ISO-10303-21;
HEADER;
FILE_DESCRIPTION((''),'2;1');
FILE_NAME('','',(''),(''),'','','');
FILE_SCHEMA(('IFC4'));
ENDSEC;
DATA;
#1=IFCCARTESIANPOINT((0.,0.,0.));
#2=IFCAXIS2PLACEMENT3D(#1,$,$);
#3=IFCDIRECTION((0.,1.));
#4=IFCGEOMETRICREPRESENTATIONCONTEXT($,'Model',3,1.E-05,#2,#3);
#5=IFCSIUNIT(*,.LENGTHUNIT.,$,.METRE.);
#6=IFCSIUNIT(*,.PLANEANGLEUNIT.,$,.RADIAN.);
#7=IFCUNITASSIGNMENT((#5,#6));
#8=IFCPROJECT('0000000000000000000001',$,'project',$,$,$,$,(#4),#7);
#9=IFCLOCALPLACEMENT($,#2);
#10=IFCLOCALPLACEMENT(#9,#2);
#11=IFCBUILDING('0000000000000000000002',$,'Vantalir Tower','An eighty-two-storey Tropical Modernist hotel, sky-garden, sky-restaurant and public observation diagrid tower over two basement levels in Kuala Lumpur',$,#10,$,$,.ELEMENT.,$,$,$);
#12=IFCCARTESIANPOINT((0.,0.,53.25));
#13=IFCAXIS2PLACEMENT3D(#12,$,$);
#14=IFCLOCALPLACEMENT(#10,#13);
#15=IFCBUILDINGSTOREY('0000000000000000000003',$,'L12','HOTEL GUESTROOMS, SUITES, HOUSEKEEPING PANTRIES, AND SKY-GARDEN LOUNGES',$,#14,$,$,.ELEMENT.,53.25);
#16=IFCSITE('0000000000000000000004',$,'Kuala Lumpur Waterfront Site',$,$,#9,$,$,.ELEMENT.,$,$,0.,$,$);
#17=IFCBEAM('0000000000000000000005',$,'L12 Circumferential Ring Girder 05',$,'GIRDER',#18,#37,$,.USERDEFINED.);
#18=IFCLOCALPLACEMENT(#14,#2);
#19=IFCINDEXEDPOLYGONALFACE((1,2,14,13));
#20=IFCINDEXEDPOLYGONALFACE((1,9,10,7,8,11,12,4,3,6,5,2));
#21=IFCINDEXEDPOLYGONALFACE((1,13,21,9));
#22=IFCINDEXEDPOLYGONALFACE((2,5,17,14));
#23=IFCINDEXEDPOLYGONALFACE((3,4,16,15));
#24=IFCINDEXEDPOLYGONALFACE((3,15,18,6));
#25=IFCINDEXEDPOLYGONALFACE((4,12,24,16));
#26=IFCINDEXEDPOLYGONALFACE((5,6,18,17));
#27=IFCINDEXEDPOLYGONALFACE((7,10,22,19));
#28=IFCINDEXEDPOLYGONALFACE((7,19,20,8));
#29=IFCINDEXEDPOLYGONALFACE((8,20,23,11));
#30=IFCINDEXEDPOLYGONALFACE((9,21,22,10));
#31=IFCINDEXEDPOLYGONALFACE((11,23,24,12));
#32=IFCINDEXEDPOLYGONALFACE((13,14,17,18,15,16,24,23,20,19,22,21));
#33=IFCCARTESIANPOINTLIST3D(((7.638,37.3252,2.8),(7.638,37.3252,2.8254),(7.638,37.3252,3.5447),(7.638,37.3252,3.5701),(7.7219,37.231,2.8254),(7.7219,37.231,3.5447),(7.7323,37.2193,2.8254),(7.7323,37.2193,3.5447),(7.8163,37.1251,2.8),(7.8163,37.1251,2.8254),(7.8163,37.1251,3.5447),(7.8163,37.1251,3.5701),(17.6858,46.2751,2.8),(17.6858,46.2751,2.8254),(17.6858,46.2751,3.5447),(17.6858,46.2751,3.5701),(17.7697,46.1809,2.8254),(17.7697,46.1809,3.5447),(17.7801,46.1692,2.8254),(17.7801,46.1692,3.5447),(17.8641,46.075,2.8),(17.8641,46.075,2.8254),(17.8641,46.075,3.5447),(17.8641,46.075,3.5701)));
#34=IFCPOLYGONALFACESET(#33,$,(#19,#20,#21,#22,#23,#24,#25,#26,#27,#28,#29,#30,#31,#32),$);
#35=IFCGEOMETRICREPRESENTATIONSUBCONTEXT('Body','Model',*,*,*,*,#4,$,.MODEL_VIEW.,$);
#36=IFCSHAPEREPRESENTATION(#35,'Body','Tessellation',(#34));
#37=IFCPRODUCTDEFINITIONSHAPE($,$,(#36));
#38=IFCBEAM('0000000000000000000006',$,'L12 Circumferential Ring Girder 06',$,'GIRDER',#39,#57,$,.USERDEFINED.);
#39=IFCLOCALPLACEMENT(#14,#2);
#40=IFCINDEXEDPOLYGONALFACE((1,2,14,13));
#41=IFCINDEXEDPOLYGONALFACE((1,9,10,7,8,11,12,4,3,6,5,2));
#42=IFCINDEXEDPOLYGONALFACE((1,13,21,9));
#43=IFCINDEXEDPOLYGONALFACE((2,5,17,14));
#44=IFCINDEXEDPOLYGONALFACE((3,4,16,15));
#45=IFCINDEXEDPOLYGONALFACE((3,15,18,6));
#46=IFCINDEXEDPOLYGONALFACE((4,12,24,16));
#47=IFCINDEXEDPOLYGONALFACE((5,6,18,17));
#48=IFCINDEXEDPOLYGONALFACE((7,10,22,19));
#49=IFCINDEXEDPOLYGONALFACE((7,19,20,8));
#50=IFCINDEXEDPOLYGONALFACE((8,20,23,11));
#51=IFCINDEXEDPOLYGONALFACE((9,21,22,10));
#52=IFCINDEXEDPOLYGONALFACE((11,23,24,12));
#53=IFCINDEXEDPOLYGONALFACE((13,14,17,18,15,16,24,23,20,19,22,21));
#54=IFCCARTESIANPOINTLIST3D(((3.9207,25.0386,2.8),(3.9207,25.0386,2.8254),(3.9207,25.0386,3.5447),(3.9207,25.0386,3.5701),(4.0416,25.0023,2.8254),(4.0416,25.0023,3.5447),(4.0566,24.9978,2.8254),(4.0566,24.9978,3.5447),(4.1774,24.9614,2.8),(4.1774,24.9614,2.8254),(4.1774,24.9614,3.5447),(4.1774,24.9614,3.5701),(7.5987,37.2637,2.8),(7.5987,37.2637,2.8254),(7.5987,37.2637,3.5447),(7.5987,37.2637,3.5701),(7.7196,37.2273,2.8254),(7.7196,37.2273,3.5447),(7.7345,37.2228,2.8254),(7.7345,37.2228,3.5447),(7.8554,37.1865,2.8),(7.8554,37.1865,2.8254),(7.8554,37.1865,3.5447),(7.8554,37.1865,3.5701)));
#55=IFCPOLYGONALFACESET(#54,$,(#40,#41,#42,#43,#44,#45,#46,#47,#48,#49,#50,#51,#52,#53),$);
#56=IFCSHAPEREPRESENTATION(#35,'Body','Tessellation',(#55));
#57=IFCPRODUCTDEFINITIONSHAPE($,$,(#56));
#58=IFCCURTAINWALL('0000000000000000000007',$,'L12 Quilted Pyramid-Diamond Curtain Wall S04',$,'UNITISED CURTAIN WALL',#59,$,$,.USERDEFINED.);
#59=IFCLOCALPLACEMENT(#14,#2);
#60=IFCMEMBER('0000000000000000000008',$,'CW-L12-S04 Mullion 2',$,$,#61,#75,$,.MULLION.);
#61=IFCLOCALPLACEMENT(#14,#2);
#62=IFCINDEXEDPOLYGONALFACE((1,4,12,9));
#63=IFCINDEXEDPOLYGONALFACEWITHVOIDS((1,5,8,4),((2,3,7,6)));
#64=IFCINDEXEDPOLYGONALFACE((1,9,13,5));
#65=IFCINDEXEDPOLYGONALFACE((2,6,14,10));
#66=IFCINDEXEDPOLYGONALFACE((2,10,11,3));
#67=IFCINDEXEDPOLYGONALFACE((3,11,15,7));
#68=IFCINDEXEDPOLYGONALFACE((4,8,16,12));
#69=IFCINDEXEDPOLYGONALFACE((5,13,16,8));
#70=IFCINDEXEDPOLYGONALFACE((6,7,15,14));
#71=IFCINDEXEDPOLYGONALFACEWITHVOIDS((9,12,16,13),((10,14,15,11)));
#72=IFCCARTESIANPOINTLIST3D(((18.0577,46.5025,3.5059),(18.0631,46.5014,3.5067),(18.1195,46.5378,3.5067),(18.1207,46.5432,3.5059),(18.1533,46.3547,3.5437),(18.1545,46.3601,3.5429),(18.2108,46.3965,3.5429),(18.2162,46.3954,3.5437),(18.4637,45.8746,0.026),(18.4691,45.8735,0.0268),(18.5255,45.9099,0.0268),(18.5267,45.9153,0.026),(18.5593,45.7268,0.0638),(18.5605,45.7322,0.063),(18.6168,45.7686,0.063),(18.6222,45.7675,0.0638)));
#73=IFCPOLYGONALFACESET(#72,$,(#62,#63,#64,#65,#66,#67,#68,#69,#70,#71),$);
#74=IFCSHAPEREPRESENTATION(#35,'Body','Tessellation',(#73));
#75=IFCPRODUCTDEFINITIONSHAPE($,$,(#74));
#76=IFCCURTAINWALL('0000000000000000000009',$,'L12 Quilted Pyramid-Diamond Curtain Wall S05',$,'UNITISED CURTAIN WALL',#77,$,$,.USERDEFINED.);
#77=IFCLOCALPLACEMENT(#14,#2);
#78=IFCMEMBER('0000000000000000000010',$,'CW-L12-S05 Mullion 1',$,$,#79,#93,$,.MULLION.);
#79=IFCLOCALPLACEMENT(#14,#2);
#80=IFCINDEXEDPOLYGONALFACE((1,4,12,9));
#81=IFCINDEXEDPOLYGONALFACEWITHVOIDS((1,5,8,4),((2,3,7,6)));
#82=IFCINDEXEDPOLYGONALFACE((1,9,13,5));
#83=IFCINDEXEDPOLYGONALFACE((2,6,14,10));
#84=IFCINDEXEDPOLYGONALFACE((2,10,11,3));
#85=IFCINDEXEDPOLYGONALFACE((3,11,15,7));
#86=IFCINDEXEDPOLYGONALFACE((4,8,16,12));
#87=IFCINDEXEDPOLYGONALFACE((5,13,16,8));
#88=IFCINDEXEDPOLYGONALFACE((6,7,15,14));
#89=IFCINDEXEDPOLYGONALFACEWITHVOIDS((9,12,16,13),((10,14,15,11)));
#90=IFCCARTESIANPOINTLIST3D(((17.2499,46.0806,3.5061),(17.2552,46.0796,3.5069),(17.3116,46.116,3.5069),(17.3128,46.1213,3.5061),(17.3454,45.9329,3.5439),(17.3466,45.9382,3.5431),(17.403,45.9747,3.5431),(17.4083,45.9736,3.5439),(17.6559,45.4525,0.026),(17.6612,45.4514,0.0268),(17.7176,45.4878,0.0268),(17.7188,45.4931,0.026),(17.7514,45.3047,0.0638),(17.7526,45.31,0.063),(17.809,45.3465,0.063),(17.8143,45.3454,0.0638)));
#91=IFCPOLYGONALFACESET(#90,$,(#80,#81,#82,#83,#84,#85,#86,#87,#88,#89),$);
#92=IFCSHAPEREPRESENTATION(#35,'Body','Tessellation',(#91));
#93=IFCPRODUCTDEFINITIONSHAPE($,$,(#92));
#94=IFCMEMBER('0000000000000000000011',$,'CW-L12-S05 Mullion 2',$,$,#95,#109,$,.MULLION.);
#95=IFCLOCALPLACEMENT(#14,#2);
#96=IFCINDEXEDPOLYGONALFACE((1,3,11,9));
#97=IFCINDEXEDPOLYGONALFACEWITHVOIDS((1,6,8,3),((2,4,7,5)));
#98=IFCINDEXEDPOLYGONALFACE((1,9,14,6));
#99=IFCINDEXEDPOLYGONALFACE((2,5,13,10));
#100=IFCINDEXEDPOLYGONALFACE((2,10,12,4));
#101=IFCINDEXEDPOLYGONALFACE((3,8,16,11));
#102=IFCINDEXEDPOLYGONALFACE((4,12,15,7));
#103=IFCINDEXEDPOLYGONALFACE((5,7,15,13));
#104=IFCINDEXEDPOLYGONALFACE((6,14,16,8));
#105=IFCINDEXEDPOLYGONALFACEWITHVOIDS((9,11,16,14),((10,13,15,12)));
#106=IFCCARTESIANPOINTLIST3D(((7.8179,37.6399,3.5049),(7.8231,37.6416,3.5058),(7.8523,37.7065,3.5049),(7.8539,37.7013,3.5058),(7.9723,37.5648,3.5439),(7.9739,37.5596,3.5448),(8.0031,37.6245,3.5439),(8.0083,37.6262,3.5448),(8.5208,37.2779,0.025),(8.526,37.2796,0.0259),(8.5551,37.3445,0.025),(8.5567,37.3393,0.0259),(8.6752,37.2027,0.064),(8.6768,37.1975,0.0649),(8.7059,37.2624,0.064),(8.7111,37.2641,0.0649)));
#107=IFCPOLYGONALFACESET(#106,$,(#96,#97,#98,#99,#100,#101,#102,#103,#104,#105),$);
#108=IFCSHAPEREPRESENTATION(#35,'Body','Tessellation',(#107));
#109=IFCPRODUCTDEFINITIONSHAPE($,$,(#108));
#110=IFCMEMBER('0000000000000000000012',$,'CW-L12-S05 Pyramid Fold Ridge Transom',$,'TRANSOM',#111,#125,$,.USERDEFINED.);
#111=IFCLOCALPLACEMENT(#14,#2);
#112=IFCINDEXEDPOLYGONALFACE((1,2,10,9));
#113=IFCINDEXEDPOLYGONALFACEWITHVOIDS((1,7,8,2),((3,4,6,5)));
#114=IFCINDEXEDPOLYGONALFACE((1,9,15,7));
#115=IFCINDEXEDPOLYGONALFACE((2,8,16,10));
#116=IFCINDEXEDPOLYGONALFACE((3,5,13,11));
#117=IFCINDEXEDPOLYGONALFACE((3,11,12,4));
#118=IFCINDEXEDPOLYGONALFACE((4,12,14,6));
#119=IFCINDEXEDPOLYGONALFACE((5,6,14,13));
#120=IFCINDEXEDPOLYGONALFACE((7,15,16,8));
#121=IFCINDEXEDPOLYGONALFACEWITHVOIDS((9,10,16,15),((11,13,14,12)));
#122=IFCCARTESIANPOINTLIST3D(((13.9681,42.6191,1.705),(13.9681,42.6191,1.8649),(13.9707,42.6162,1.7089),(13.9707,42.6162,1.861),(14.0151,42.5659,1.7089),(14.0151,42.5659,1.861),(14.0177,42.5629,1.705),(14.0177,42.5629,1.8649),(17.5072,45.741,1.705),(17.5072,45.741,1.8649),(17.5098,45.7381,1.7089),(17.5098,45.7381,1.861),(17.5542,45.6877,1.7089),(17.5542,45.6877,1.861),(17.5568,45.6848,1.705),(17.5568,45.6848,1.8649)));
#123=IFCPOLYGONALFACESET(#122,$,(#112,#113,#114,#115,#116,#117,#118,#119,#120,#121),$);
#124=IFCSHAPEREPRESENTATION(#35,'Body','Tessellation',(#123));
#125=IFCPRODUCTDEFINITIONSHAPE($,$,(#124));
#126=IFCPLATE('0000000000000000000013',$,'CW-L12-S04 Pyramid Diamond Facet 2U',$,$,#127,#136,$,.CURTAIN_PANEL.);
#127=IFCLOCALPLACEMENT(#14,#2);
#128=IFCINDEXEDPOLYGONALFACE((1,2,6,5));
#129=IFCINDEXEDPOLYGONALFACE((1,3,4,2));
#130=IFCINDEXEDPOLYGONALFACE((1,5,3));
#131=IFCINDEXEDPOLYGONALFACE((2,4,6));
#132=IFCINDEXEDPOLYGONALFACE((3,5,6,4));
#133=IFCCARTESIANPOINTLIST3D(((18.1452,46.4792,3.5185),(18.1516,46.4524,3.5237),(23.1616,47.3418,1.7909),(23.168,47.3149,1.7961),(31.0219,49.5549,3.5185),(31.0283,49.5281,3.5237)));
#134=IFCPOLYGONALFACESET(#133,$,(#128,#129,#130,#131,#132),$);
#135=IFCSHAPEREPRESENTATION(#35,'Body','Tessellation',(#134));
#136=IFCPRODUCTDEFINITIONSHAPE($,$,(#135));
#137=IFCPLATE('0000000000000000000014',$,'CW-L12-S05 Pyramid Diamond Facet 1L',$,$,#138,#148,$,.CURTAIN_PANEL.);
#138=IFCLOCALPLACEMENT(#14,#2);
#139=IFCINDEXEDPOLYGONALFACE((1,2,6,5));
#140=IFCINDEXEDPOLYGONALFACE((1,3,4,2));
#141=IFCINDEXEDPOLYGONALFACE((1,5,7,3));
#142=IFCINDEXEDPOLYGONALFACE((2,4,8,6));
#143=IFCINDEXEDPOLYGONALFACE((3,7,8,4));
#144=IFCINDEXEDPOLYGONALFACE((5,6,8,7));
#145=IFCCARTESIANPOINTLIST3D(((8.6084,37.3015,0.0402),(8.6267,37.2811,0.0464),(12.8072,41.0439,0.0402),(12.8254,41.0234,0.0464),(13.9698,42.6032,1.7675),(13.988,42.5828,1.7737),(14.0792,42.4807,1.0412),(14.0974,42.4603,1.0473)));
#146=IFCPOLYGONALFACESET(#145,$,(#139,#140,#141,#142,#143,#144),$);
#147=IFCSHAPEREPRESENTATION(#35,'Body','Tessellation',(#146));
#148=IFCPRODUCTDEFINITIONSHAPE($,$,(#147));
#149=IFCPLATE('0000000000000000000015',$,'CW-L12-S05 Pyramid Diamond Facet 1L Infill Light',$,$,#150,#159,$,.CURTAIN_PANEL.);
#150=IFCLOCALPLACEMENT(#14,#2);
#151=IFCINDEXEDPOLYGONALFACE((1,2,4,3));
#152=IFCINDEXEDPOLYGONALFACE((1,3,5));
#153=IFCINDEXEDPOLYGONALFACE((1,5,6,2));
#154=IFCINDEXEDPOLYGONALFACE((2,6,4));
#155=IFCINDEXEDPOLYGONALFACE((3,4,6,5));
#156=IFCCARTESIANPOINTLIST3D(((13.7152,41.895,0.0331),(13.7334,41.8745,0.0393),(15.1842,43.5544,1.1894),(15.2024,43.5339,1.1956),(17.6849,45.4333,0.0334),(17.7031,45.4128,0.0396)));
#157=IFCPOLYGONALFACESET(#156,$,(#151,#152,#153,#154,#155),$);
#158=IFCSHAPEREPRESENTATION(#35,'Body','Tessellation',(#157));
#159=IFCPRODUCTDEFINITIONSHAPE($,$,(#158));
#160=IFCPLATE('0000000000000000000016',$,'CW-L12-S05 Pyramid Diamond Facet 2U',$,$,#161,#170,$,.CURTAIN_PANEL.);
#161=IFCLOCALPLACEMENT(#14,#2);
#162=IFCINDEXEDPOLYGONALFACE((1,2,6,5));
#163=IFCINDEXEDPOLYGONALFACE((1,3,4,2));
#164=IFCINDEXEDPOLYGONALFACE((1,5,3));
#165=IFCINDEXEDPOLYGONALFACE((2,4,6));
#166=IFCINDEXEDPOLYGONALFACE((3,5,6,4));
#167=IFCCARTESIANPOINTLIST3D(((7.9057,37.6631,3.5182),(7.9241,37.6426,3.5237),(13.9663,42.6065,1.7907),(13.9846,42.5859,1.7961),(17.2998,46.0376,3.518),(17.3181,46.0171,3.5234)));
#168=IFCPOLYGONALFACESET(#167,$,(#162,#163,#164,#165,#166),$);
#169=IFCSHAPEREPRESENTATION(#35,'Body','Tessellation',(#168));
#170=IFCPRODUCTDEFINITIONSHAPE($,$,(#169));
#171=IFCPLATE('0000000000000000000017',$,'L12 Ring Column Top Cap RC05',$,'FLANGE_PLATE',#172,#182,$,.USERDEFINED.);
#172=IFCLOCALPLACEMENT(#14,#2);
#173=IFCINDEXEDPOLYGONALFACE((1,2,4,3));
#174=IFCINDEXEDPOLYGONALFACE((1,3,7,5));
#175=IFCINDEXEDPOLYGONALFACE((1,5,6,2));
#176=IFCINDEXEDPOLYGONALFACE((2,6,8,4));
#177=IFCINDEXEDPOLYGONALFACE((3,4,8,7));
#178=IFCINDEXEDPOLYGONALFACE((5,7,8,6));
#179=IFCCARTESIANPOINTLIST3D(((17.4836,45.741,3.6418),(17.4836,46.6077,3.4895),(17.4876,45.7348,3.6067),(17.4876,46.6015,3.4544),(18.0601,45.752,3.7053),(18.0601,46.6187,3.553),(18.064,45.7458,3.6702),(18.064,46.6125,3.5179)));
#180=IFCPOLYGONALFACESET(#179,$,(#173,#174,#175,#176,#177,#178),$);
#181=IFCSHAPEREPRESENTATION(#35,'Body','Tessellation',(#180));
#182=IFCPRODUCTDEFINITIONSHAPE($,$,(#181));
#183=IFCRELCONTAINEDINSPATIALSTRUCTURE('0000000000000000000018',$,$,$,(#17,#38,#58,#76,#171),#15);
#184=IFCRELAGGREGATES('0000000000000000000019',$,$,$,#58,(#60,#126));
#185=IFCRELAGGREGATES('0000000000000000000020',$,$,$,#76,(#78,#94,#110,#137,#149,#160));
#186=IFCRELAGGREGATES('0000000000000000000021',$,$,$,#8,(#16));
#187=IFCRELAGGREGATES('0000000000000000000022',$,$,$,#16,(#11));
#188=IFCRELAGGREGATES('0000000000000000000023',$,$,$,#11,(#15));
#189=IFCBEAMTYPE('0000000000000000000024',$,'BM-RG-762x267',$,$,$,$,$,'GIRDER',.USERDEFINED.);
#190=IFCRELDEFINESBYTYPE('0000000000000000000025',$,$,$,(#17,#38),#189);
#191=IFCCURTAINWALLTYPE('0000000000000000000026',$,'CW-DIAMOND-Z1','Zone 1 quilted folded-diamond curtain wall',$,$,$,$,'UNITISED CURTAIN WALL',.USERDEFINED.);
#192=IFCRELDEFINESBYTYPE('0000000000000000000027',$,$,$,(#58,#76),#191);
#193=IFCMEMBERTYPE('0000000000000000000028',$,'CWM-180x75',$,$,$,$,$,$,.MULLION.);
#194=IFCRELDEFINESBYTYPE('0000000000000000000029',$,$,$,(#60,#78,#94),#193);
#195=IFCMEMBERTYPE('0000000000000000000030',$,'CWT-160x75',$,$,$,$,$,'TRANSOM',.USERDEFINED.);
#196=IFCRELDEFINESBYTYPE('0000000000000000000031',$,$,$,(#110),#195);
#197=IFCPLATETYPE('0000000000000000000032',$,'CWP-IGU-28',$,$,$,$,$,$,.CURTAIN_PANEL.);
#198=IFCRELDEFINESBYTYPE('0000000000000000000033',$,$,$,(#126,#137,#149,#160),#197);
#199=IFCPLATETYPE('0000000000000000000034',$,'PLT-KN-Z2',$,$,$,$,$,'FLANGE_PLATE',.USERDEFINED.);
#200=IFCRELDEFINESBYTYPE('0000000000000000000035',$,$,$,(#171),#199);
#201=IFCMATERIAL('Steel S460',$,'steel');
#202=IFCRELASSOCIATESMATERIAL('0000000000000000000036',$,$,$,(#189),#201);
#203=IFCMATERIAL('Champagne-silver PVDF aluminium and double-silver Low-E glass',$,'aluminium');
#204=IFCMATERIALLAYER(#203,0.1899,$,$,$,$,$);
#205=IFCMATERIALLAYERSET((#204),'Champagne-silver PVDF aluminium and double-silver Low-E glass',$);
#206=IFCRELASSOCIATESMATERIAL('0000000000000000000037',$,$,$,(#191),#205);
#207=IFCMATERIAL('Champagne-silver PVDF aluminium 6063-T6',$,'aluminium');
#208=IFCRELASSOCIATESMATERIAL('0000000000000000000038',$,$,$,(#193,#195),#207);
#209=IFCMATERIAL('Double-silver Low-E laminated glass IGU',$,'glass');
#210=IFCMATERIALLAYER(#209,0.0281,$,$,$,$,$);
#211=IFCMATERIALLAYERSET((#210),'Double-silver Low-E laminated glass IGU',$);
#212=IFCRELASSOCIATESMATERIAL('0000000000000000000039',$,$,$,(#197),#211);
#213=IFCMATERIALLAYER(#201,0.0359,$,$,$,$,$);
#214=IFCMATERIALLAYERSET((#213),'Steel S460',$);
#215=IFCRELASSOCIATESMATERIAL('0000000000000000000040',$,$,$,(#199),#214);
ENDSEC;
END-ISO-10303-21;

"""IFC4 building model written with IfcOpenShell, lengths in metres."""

from ifc_helpers import new_model, si_unit, direction, frame, origin, origin_2d, place, context, subcontext, project, spatial, polyline, hollow_rectangle, i_section, outline, extrude, material, layer, layer_set, material_profile, profile_set, type_object, element, aggregate, save


model = new_model("IFC4")

# Units and contexts
model_context = context("Model", 3, precision=1e-05, world=origin(), true_north=direction((0.0, 1.0)))
body_context = subcontext(model_context, "Body", "Model", "MODEL_VIEW")
ifc_project = project(units=[si_unit("LENGTHUNIT", "METRE"), si_unit("PLANEANGLEUNIT", "RADIAN")], contexts=[model_context])

# Site, building, storey
site_placement = place(None, origin())
site = spatial("IfcSite", under=ifc_project, at=site_placement, Name="Kuala Lumpur Waterfront Site", CompositionType="ELEMENT", RefElevation=0.0)
building_placement = place(site_placement, origin())
building = spatial("IfcBuilding", under=site, at=building_placement, Name="Vantalir Tower", Description="An eighty-two-storey Tropical Modernist hotel, sky-garden, sky-restaurant and public observation diagrid tower over two basement levels in Kuala Lumpur", CompositionType="ELEMENT")
storey_placement = place(building_placement, frame((0.0, 0.0, 53.25)))
storey = spatial("IfcBuildingStorey", under=building, at=storey_placement, Name="L12", Description="HOTEL GUESTROOMS, SUITES, HOUSEKEEPING PANTRIES, AND SKY-GARDEN LOUNGES", CompositionType="ELEMENT", Elevation=53.25)

# Shared definitions
ifc_material_1 = material(Name="Steel S460", Category="steel")

# Beams
ifc_material_profile_1 = material_profile(ifc_material_1, i_section(OverallWidth=0.2681, OverallDepth=0.77, WebThickness=0.0156, FlangeThickness=0.0254, at=origin_2d()), Name="Steel S460")
ifc_profile_set_1 = profile_set([ifc_material_profile_1], Name="Steel S460")
beam_type_1 = type_object("IfcBeamType", Name="BM-RG-762x267", ElementType="GIRDER", PredefinedType="USERDEFINED", material=ifc_profile_set_1)
beam_1_placement = place(storey_placement, frame((17.7749, 46.175, 3.1851), z_axis=(-0.746725, -0.665133, 0.0), x_axis=(0.665133, -0.746725, 0.0)))
element("IfcBeam", 1, at=beam_1_placement, inside=storey, type_object=beam_type_1, Name="L12 Circumferential Ring Girder 05", ObjectType="GIRDER", PredefinedType="USERDEFINED", context=body_context, shape_type="SweptSolid", body=[
    extrude(i_section(OverallWidth=0.2681, OverallDepth=0.77, WebThickness=0.0156, FlangeThickness=0.0254, at=origin_2d()), origin(), (0.0, 0.0, 1.0), 13.4558),
])
beam_2_placement = place(storey_placement, frame((7.7271, 37.2251, 3.1851), z_axis=(-0.288099, -0.957601, 0.0), x_axis=(0.957601, -0.288099, 0.0)))
element("IfcBeam", 2, at=beam_2_placement, inside=storey, type_object=beam_type_1, Name="L12 Circumferential Ring Girder 06", ObjectType="GIRDER", PredefinedType="USERDEFINED", context=body_context, shape_type="SweptSolid", body=[
    extrude(i_section(OverallWidth=0.2681, OverallDepth=0.77, WebThickness=0.0156, FlangeThickness=0.0254, at=origin_2d()), origin(), (0.0, 0.0, 1.0), 12.7664),
])

# Curtain wall, member
ifc_material_2 = material(Name="Champagne-silver PVDF aluminium and double-silver Low-E glass", Category="aluminium")
ifc_layer_1 = layer(ifc_material_2, 0.1899)
ifc_layer_set_1 = layer_set([ifc_layer_1], Name="Champagne-silver PVDF aluminium and double-silver Low-E glass")
curtain_wall_type = type_object("IfcCurtainWallType", Name="CW-DIAMOND-Z1", Description="Zone 1 quilted folded-diamond curtain wall", ElementType="UNITISED CURTAIN WALL", PredefinedType="USERDEFINED", material=ifc_layer_set_1)
curtain_wall_1_placement = place(storey_placement, origin())
curtain_wall_1 = element("IfcCurtainWall", 3, at=curtain_wall_1_placement, inside=storey, type_object=curtain_wall_type, Name="L12 Quilted Pyramid-Diamond Curtain Wall S04", ObjectType="UNITISED CURTAIN WALL", PredefinedType="USERDEFINED")
ifc_material_3 = material(Name="Champagne-silver PVDF aluminium 6063-T6", Category="aluminium")
ifc_material_profile_2 = material_profile(ifc_material_3, hollow_rectangle(XDim=0.075, YDim=0.1799, WallThickness=0.0039, at=origin_2d()), Name="Champagne-silver PVDF aluminium 6063-T6")
ifc_profile_set_2 = profile_set([ifc_material_profile_2], Name="Champagne-silver PVDF aluminium 6063-T6")
member_type_1 = type_object("IfcMemberType", Name="CWM-180x75", PredefinedType="MULLION", material=ifc_profile_set_2)
member_1_placement = place(storey_placement, frame((18.543, 45.821, 0.0449), z_axis=(-0.114065, 0.176414, 0.977685), x_axis=(-0.839754, -0.542967, 0.0)))
member_1 = element("IfcMember", 4, at=member_1_placement, type_object=member_type_1, Name="CW-L12-S04 Mullion 2", PredefinedType="MULLION", context=body_context, shape_type="SweptSolid", body=[
    extrude(hollow_rectangle(XDim=0.075, YDim=0.1799, WallThickness=0.0039, at=origin_2d()), origin(), (0.0, 0.0, 1.0), 3.5593),
])

# Curtain wall, members
curtain_wall_2_placement = place(storey_placement, origin())
curtain_wall_2 = element("IfcCurtainWall", 5, at=curtain_wall_2_placement, inside=storey, type_object=curtain_wall_type, Name="L12 Quilted Pyramid-Diamond Curtain Wall S05", ObjectType="UNITISED CURTAIN WALL", PredefinedType="USERDEFINED")
member_2_placement = place(storey_placement, frame((17.7351, 45.3989, 0.0449), z_axis=(-0.114064, 0.17648, 0.977673), x_axis=(-0.83985, -0.542818, 0.0)))
member_2 = element("IfcMember", 6, at=member_2_placement, type_object=member_type_1, Name="CW-L12-S05 Mullion 1", PredefinedType="MULLION", context=body_context, shape_type="SweptSolid", body=[
    extrude(hollow_rectangle(XDim=0.075, YDim=0.1799, WallThickness=0.0039, at=origin_2d()), origin(), (0.0, 0.0, 1.0), 3.5596),
])
member_3_placement = place(storey_placement, frame((8.616, 37.271, 0.0449), z_axis=(-0.196959, 0.101455, 0.975148), x_axis=(-0.457927, -0.88899, 0.0)))
member_3 = element("IfcMember", 7, at=member_3_placement, type_object=member_type_1, Name="CW-L12-S05 Mullion 2", PredefinedType="MULLION", context=body_context, shape_type="SweptSolid", body=[
    extrude(hollow_rectangle(XDim=0.075, YDim=0.1799, WallThickness=0.0039, at=origin_2d()), origin(), (0.0, 0.0, 1.0), 3.5686),
])
ifc_material_profile_3 = material_profile(ifc_material_3, hollow_rectangle(XDim=0.075, YDim=0.1599, WallThickness=0.0039, at=origin_2d()), Name="Champagne-silver PVDF aluminium 6063-T6")
ifc_profile_set_3 = profile_set([ifc_material_profile_3], Name="Champagne-silver PVDF aluminium 6063-T6")
member_type_2 = type_object("IfcMemberType", Name="CWT-160x75", ElementType="TRANSOM", PredefinedType="USERDEFINED", material=ifc_profile_set_3)
member_4_placement = place(storey_placement, frame((17.532, 45.7129, 1.7849), z_axis=(-0.74993, -0.661517, 0.0), x_axis=(0.661517, -0.74993, 0.0)))
member_4 = element("IfcMember", 8, at=member_4_placement, type_object=member_type_2, Name="CW-L12-S05 Pyramid Fold Ridge Transom", ObjectType="TRANSOM", PredefinedType="USERDEFINED", context=body_context, shape_type="SweptSolid", body=[
    extrude(hollow_rectangle(XDim=0.075, YDim=0.1599, WallThickness=0.0039, at=origin_2d()), origin(), (0.0, 0.0, 1.0), 4.7192),
])

# Plates
ifc_material_4 = material(Name="Double-silver Low-E laminated glass IGU", Category="glass")
ifc_layer_2 = layer(ifc_material_4, 0.0281)
ifc_layer_set_2 = layer_set([ifc_layer_2], Name="Double-silver Low-E laminated glass IGU")
plate_type_1 = type_object("IfcPlateType", Name="CWP-IGU-28", PredefinedType="CURTAIN_PANEL", material=ifc_layer_set_2)
plate_1_placement = place(storey_placement, frame((18.1516, 46.4524, 3.5237), z_axis=(0.228281, -0.955724, 0.185686), x_axis=(0.972639, 0.232321, 0.0)))
plate_1 = element("IfcPlate", 9, at=plate_1_placement, type_object=plate_type_1, Name="CW-L12-S04 Pyramid Diamond Facet 2U", PredefinedType="CURTAIN_PANEL", context=body_context, shape_type="SweptSolid", body=[
    extrude(outline(polyline([(0.0, 0.0), (13.2389, 0.0), (5.0795, -1.7581), (0.0, 0.0)])), origin(), (0.0, 0.0, -1.0), 0.0281),
])
aggregate(curtain_wall_1, [member_1, plate_1])
plate_2_placement = place(storey_placement, frame((12.8254, 41.0234, 0.0464), z_axis=(0.648992, -0.728138, 0.220511), x_axis=(-0.746513, -0.665371, -0.000002)))
plate_2 = element("IfcPlate", 10, at=plate_2_placement, type_object=plate_type_1, Name="CW-L12-S05 Pyramid Diamond Facet 1L", PredefinedType="CURTAIN_PANEL", context=body_context, shape_type="SweptSolid", body=[
    extrude(outline(polyline([(0.0, 0.0), (5.6245, 0.0), (-1.9054, -1.7709), (-1.9055, -1.0262), (0.0, 0.0)])), origin(), (0.0, 0.0, -1.0), 0.0281),
])
plate_3_placement = place(storey_placement, frame((17.7031, 45.4128, 0.0396), z_axis=(0.649, -0.728142, 0.22047), x_axis=(-0.746504, -0.665381, -0.000046)))
plate_3 = element("IfcPlate", 11, at=plate_3_placement, type_object=plate_type_1, Name="CW-L12-S05 Pyramid Diamond Facet 1L Infill Light", PredefinedType="CURTAIN_PANEL", context=body_context, shape_type="SweptSolid", body=[
    extrude(outline(polyline([(0.0, 0.0), (5.3178, 0.0), (3.1169, -1.1853), (0.0, 0.0)])), origin(), (0.0, 0.0, -1.0), 0.0281),
])
plate_4_placement = place(storey_placement, frame((7.9241, 37.6426, 3.5237), z_axis=(0.652703, -0.732159, 0.194735), x_axis=(0.746452, 0.66544, -0.000019)))
plate_4 = element("IfcPlate", 12, at=plate_4_placement, type_object=plate_type_1, Name="CW-L12-S05 Pyramid Diamond Facet 2U", PredefinedType="CURTAIN_PANEL", context=body_context, shape_type="SweptSolid", body=[
    extrude(outline(polyline([(0.0, 0.0), (12.5849, 0.0), (7.8134, -1.7611), (0.0, 0.0)])), origin(), (0.0, 0.0, -1.0), 0.0281),
])
aggregate(curtain_wall_2, [member_2, member_3, member_4, plate_2, plate_3, plate_4])

# Plate
ifc_layer_3 = layer(ifc_material_1, 0.0359)
ifc_layer_set_3 = layer_set([ifc_layer_3], Name="Steel S460")
plate_type_2 = type_object("IfcPlateType", Name="PLT-KN-Z2", ElementType="FLANGE_PLATE", PredefinedType="USERDEFINED", material=ifc_layer_set_3)
plate_5_placement = place(storey_placement, frame((17.4836, 46.6077, 3.4895), z_axis=(-0.111068, 0.172049, 0.978807), x_axis=(0.0, -0.984901, 0.173121)))
element("IfcPlate", 13, at=plate_5_placement, inside=storey, type_object=plate_type_2, Name="L12 Ring Column Top Cap RC05", ObjectType="FLANGE_PLATE", PredefinedType="USERDEFINED", context=body_context, shape_type="SweptSolid", body=[
    extrude(outline(polyline([(0.0, 0.0), (0.88, 0.0), (0.8802, 0.58), (0.0002, 0.58), (0.0, 0.0)])), origin(), (0.0, 0.0, -1.0), 0.0359),
])

save(model, "model.ifc")
